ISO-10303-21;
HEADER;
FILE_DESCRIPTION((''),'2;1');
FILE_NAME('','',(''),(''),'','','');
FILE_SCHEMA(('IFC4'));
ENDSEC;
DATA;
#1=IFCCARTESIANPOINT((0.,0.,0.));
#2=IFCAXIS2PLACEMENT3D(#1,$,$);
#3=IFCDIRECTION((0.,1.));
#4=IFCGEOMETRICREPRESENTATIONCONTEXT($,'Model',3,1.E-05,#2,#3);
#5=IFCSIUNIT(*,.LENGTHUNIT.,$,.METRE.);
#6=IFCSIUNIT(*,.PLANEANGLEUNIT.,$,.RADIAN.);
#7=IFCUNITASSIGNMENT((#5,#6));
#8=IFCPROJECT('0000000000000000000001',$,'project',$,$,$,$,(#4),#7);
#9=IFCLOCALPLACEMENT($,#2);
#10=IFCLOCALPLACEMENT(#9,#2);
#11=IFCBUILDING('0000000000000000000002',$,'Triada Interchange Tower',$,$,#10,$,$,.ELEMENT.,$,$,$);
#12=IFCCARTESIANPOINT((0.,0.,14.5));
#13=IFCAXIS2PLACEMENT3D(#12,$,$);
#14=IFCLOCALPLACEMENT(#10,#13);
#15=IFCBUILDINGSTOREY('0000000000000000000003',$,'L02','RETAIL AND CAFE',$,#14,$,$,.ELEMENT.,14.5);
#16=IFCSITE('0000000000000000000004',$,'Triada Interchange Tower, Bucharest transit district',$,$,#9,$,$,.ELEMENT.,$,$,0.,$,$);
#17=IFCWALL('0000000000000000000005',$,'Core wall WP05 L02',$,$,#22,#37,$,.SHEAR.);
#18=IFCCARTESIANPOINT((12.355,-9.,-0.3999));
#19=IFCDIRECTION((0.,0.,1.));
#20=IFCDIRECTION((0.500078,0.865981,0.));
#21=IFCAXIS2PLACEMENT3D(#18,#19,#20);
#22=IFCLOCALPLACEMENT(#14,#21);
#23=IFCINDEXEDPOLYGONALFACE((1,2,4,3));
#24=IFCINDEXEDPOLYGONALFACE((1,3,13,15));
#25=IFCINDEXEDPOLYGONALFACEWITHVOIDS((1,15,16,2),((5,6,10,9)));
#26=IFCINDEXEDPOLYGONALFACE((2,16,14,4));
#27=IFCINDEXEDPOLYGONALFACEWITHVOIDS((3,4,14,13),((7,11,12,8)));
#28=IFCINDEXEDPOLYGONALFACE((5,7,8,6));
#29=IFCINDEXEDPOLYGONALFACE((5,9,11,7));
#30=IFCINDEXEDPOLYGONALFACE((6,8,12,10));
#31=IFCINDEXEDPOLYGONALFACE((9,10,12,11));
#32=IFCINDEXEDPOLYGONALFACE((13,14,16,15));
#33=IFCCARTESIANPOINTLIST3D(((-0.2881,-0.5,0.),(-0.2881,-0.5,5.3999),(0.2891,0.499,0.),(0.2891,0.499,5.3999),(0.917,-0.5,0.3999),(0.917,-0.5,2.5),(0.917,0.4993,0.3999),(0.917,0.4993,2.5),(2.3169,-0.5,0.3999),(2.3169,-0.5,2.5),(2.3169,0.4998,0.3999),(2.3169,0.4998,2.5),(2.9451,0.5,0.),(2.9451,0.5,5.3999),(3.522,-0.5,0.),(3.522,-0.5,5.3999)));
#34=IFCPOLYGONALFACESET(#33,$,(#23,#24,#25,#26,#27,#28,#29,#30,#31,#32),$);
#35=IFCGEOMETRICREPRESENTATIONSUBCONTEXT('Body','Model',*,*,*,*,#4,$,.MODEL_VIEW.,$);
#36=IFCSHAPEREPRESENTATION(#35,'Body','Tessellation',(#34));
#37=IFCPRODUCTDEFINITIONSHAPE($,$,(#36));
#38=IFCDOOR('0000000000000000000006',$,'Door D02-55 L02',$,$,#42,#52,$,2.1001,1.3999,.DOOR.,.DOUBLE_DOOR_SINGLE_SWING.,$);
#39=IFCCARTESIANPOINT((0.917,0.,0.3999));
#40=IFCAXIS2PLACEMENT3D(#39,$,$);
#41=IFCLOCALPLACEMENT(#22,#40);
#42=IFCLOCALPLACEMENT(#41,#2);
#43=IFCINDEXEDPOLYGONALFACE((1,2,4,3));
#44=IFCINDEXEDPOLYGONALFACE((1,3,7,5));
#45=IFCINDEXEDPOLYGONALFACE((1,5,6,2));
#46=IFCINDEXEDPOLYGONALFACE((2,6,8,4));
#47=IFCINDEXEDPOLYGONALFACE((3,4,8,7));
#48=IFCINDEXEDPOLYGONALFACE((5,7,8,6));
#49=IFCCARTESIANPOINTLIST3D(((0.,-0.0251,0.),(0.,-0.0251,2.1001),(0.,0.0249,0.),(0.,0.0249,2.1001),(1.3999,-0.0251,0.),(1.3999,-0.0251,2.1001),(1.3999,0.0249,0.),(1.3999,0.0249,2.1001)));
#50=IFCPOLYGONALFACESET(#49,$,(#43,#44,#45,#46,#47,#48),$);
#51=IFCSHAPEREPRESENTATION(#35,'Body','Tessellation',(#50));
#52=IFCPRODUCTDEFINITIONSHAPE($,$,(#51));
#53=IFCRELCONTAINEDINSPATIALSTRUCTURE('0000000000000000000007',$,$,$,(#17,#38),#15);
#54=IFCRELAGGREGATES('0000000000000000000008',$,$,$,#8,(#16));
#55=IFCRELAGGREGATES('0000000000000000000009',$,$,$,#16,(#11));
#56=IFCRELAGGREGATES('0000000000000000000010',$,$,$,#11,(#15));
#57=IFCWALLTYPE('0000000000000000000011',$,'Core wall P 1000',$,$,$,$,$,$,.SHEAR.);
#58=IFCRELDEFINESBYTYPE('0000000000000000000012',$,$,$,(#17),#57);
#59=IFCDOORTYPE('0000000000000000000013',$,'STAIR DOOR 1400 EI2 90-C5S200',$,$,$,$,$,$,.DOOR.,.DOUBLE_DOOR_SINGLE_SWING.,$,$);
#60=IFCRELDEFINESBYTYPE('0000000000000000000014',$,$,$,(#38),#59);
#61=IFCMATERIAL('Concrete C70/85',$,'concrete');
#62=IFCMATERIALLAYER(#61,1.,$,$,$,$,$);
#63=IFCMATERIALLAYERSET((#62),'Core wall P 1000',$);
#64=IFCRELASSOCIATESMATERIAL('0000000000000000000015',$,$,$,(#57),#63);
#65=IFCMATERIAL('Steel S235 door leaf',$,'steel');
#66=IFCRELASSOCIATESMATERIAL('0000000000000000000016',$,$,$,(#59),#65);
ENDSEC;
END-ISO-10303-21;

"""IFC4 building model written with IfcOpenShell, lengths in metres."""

from ifc_helpers import new_model, si_unit, direction, frame, frame_2d, origin, place, context, subcontext, project, spatial, polyline, rectangle, outline, extrude, material, layer, layer_set, type_object, element, fill, save


model = new_model("IFC4")

# Units and contexts
model_context = context("Model", 3, precision=1e-05, world=origin(), true_north=direction((0.0, 1.0)))
body_context = subcontext(model_context, "Body", "Model", "MODEL_VIEW")
ifc_project = project(units=[si_unit("LENGTHUNIT", "METRE"), si_unit("PLANEANGLEUNIT", "RADIAN")], contexts=[model_context])

# Site, building, storey
site_placement = place(None, origin())
site = spatial("IfcSite", under=ifc_project, at=site_placement, Name="Triada Interchange Tower, Bucharest transit district", CompositionType="ELEMENT", RefElevation=0.0)
building_placement = place(site_placement, origin())
building = spatial("IfcBuilding", under=site, at=building_placement, Name="Triada Interchange Tower", CompositionType="ELEMENT")
storey_placement = place(building_placement, frame((0.0, 0.0, 14.5)))
storey = spatial("IfcBuildingStorey", under=building, at=storey_placement, Name="L02", Description="RETAIL AND CAFE", CompositionType="ELEMENT", Elevation=14.5)

# Shared definitions
ifc_material_1 = material(Name="Concrete C70/85", Category="concrete")

# Wall, opening, door
ifc_layer_1 = layer(ifc_material_1, 1.0)
ifc_layer_set_1 = layer_set([ifc_layer_1], Name="Core wall P 1000")
wall_type_1 = type_object("IfcWallType", Name="Core wall P 1000", PredefinedType="SHEAR", material=ifc_layer_set_1)
wall_1_placement = place(storey_placement, frame((12.355, -9.0, -0.3999), z_axis=(0.0, 0.0, 1.0), x_axis=(0.500078, 0.865981, 0.0)))
wall_1 = element("IfcWall", 1, at=wall_1_placement, inside=storey, type_object=wall_type_1, Name="Core wall WP05 L02", PredefinedType="SHEAR", context=body_context, shape_type="SweptSolid", body=[
    extrude(outline(polyline([(-0.2881, -0.5), (1.6169, -0.5), (3.522, -0.5), (2.9451, 0.5), (1.6172, 0.4995), (0.2891, 0.499), (-0.2881, -0.5)])), origin(), (0.0, 0.0, 1.0), 5.3999),
])
opening_1_placement = place(wall_1_placement, frame((0.917, 0.0, 0.3999)))
opening_1 = element("IfcOpeningElement", 2, at=opening_1_placement, cuts=wall_1, PredefinedType="OPENING", context=body_context, shape_type="SweptSolid", body=[
    extrude(rectangle(XDim=1.3999, YDim=2.1001, at=frame_2d((0.7, 1.05))), frame((0.0, 0.51, 0.0), z_axis=(0.0, -1.0, 0.0), x_axis=(1.0, 0.0, 0.0)), (0.0, 0.0, 1.0), 1.02),
])
ifc_material_2 = material(Name="Steel S235 door leaf", Category="steel")
door_type_1 = type_object("IfcDoorType", Name="STAIR DOOR 1400 EI2 90-C5S200", OperationType="DOUBLE_DOOR_SINGLE_SWING", PredefinedType="DOOR", material=ifc_material_2)
door_1_placement = place(opening_1_placement, origin())
door_1 = element("IfcDoor", 3, at=door_1_placement, inside=storey, type_object=door_type_1, Name="Door D02-55 L02", OperationType="DOUBLE_DOOR_SINGLE_SWING", OverallHeight=2.1001, OverallWidth=1.3999, PredefinedType="DOOR", context=body_context, shape_type="SweptSolid", body=[
    extrude(rectangle(XDim=1.3999, YDim=2.1001, at=frame_2d((0.7, 1.05))), frame((0.0, 0.0249, 0.0), z_axis=(0.0, -1.0, 0.0), x_axis=(1.0, 0.0, 0.0)), (0.0, 0.0, 1.0), 0.05),
])
fill(opening_1, door_1)

save(model, "model.ifc")
